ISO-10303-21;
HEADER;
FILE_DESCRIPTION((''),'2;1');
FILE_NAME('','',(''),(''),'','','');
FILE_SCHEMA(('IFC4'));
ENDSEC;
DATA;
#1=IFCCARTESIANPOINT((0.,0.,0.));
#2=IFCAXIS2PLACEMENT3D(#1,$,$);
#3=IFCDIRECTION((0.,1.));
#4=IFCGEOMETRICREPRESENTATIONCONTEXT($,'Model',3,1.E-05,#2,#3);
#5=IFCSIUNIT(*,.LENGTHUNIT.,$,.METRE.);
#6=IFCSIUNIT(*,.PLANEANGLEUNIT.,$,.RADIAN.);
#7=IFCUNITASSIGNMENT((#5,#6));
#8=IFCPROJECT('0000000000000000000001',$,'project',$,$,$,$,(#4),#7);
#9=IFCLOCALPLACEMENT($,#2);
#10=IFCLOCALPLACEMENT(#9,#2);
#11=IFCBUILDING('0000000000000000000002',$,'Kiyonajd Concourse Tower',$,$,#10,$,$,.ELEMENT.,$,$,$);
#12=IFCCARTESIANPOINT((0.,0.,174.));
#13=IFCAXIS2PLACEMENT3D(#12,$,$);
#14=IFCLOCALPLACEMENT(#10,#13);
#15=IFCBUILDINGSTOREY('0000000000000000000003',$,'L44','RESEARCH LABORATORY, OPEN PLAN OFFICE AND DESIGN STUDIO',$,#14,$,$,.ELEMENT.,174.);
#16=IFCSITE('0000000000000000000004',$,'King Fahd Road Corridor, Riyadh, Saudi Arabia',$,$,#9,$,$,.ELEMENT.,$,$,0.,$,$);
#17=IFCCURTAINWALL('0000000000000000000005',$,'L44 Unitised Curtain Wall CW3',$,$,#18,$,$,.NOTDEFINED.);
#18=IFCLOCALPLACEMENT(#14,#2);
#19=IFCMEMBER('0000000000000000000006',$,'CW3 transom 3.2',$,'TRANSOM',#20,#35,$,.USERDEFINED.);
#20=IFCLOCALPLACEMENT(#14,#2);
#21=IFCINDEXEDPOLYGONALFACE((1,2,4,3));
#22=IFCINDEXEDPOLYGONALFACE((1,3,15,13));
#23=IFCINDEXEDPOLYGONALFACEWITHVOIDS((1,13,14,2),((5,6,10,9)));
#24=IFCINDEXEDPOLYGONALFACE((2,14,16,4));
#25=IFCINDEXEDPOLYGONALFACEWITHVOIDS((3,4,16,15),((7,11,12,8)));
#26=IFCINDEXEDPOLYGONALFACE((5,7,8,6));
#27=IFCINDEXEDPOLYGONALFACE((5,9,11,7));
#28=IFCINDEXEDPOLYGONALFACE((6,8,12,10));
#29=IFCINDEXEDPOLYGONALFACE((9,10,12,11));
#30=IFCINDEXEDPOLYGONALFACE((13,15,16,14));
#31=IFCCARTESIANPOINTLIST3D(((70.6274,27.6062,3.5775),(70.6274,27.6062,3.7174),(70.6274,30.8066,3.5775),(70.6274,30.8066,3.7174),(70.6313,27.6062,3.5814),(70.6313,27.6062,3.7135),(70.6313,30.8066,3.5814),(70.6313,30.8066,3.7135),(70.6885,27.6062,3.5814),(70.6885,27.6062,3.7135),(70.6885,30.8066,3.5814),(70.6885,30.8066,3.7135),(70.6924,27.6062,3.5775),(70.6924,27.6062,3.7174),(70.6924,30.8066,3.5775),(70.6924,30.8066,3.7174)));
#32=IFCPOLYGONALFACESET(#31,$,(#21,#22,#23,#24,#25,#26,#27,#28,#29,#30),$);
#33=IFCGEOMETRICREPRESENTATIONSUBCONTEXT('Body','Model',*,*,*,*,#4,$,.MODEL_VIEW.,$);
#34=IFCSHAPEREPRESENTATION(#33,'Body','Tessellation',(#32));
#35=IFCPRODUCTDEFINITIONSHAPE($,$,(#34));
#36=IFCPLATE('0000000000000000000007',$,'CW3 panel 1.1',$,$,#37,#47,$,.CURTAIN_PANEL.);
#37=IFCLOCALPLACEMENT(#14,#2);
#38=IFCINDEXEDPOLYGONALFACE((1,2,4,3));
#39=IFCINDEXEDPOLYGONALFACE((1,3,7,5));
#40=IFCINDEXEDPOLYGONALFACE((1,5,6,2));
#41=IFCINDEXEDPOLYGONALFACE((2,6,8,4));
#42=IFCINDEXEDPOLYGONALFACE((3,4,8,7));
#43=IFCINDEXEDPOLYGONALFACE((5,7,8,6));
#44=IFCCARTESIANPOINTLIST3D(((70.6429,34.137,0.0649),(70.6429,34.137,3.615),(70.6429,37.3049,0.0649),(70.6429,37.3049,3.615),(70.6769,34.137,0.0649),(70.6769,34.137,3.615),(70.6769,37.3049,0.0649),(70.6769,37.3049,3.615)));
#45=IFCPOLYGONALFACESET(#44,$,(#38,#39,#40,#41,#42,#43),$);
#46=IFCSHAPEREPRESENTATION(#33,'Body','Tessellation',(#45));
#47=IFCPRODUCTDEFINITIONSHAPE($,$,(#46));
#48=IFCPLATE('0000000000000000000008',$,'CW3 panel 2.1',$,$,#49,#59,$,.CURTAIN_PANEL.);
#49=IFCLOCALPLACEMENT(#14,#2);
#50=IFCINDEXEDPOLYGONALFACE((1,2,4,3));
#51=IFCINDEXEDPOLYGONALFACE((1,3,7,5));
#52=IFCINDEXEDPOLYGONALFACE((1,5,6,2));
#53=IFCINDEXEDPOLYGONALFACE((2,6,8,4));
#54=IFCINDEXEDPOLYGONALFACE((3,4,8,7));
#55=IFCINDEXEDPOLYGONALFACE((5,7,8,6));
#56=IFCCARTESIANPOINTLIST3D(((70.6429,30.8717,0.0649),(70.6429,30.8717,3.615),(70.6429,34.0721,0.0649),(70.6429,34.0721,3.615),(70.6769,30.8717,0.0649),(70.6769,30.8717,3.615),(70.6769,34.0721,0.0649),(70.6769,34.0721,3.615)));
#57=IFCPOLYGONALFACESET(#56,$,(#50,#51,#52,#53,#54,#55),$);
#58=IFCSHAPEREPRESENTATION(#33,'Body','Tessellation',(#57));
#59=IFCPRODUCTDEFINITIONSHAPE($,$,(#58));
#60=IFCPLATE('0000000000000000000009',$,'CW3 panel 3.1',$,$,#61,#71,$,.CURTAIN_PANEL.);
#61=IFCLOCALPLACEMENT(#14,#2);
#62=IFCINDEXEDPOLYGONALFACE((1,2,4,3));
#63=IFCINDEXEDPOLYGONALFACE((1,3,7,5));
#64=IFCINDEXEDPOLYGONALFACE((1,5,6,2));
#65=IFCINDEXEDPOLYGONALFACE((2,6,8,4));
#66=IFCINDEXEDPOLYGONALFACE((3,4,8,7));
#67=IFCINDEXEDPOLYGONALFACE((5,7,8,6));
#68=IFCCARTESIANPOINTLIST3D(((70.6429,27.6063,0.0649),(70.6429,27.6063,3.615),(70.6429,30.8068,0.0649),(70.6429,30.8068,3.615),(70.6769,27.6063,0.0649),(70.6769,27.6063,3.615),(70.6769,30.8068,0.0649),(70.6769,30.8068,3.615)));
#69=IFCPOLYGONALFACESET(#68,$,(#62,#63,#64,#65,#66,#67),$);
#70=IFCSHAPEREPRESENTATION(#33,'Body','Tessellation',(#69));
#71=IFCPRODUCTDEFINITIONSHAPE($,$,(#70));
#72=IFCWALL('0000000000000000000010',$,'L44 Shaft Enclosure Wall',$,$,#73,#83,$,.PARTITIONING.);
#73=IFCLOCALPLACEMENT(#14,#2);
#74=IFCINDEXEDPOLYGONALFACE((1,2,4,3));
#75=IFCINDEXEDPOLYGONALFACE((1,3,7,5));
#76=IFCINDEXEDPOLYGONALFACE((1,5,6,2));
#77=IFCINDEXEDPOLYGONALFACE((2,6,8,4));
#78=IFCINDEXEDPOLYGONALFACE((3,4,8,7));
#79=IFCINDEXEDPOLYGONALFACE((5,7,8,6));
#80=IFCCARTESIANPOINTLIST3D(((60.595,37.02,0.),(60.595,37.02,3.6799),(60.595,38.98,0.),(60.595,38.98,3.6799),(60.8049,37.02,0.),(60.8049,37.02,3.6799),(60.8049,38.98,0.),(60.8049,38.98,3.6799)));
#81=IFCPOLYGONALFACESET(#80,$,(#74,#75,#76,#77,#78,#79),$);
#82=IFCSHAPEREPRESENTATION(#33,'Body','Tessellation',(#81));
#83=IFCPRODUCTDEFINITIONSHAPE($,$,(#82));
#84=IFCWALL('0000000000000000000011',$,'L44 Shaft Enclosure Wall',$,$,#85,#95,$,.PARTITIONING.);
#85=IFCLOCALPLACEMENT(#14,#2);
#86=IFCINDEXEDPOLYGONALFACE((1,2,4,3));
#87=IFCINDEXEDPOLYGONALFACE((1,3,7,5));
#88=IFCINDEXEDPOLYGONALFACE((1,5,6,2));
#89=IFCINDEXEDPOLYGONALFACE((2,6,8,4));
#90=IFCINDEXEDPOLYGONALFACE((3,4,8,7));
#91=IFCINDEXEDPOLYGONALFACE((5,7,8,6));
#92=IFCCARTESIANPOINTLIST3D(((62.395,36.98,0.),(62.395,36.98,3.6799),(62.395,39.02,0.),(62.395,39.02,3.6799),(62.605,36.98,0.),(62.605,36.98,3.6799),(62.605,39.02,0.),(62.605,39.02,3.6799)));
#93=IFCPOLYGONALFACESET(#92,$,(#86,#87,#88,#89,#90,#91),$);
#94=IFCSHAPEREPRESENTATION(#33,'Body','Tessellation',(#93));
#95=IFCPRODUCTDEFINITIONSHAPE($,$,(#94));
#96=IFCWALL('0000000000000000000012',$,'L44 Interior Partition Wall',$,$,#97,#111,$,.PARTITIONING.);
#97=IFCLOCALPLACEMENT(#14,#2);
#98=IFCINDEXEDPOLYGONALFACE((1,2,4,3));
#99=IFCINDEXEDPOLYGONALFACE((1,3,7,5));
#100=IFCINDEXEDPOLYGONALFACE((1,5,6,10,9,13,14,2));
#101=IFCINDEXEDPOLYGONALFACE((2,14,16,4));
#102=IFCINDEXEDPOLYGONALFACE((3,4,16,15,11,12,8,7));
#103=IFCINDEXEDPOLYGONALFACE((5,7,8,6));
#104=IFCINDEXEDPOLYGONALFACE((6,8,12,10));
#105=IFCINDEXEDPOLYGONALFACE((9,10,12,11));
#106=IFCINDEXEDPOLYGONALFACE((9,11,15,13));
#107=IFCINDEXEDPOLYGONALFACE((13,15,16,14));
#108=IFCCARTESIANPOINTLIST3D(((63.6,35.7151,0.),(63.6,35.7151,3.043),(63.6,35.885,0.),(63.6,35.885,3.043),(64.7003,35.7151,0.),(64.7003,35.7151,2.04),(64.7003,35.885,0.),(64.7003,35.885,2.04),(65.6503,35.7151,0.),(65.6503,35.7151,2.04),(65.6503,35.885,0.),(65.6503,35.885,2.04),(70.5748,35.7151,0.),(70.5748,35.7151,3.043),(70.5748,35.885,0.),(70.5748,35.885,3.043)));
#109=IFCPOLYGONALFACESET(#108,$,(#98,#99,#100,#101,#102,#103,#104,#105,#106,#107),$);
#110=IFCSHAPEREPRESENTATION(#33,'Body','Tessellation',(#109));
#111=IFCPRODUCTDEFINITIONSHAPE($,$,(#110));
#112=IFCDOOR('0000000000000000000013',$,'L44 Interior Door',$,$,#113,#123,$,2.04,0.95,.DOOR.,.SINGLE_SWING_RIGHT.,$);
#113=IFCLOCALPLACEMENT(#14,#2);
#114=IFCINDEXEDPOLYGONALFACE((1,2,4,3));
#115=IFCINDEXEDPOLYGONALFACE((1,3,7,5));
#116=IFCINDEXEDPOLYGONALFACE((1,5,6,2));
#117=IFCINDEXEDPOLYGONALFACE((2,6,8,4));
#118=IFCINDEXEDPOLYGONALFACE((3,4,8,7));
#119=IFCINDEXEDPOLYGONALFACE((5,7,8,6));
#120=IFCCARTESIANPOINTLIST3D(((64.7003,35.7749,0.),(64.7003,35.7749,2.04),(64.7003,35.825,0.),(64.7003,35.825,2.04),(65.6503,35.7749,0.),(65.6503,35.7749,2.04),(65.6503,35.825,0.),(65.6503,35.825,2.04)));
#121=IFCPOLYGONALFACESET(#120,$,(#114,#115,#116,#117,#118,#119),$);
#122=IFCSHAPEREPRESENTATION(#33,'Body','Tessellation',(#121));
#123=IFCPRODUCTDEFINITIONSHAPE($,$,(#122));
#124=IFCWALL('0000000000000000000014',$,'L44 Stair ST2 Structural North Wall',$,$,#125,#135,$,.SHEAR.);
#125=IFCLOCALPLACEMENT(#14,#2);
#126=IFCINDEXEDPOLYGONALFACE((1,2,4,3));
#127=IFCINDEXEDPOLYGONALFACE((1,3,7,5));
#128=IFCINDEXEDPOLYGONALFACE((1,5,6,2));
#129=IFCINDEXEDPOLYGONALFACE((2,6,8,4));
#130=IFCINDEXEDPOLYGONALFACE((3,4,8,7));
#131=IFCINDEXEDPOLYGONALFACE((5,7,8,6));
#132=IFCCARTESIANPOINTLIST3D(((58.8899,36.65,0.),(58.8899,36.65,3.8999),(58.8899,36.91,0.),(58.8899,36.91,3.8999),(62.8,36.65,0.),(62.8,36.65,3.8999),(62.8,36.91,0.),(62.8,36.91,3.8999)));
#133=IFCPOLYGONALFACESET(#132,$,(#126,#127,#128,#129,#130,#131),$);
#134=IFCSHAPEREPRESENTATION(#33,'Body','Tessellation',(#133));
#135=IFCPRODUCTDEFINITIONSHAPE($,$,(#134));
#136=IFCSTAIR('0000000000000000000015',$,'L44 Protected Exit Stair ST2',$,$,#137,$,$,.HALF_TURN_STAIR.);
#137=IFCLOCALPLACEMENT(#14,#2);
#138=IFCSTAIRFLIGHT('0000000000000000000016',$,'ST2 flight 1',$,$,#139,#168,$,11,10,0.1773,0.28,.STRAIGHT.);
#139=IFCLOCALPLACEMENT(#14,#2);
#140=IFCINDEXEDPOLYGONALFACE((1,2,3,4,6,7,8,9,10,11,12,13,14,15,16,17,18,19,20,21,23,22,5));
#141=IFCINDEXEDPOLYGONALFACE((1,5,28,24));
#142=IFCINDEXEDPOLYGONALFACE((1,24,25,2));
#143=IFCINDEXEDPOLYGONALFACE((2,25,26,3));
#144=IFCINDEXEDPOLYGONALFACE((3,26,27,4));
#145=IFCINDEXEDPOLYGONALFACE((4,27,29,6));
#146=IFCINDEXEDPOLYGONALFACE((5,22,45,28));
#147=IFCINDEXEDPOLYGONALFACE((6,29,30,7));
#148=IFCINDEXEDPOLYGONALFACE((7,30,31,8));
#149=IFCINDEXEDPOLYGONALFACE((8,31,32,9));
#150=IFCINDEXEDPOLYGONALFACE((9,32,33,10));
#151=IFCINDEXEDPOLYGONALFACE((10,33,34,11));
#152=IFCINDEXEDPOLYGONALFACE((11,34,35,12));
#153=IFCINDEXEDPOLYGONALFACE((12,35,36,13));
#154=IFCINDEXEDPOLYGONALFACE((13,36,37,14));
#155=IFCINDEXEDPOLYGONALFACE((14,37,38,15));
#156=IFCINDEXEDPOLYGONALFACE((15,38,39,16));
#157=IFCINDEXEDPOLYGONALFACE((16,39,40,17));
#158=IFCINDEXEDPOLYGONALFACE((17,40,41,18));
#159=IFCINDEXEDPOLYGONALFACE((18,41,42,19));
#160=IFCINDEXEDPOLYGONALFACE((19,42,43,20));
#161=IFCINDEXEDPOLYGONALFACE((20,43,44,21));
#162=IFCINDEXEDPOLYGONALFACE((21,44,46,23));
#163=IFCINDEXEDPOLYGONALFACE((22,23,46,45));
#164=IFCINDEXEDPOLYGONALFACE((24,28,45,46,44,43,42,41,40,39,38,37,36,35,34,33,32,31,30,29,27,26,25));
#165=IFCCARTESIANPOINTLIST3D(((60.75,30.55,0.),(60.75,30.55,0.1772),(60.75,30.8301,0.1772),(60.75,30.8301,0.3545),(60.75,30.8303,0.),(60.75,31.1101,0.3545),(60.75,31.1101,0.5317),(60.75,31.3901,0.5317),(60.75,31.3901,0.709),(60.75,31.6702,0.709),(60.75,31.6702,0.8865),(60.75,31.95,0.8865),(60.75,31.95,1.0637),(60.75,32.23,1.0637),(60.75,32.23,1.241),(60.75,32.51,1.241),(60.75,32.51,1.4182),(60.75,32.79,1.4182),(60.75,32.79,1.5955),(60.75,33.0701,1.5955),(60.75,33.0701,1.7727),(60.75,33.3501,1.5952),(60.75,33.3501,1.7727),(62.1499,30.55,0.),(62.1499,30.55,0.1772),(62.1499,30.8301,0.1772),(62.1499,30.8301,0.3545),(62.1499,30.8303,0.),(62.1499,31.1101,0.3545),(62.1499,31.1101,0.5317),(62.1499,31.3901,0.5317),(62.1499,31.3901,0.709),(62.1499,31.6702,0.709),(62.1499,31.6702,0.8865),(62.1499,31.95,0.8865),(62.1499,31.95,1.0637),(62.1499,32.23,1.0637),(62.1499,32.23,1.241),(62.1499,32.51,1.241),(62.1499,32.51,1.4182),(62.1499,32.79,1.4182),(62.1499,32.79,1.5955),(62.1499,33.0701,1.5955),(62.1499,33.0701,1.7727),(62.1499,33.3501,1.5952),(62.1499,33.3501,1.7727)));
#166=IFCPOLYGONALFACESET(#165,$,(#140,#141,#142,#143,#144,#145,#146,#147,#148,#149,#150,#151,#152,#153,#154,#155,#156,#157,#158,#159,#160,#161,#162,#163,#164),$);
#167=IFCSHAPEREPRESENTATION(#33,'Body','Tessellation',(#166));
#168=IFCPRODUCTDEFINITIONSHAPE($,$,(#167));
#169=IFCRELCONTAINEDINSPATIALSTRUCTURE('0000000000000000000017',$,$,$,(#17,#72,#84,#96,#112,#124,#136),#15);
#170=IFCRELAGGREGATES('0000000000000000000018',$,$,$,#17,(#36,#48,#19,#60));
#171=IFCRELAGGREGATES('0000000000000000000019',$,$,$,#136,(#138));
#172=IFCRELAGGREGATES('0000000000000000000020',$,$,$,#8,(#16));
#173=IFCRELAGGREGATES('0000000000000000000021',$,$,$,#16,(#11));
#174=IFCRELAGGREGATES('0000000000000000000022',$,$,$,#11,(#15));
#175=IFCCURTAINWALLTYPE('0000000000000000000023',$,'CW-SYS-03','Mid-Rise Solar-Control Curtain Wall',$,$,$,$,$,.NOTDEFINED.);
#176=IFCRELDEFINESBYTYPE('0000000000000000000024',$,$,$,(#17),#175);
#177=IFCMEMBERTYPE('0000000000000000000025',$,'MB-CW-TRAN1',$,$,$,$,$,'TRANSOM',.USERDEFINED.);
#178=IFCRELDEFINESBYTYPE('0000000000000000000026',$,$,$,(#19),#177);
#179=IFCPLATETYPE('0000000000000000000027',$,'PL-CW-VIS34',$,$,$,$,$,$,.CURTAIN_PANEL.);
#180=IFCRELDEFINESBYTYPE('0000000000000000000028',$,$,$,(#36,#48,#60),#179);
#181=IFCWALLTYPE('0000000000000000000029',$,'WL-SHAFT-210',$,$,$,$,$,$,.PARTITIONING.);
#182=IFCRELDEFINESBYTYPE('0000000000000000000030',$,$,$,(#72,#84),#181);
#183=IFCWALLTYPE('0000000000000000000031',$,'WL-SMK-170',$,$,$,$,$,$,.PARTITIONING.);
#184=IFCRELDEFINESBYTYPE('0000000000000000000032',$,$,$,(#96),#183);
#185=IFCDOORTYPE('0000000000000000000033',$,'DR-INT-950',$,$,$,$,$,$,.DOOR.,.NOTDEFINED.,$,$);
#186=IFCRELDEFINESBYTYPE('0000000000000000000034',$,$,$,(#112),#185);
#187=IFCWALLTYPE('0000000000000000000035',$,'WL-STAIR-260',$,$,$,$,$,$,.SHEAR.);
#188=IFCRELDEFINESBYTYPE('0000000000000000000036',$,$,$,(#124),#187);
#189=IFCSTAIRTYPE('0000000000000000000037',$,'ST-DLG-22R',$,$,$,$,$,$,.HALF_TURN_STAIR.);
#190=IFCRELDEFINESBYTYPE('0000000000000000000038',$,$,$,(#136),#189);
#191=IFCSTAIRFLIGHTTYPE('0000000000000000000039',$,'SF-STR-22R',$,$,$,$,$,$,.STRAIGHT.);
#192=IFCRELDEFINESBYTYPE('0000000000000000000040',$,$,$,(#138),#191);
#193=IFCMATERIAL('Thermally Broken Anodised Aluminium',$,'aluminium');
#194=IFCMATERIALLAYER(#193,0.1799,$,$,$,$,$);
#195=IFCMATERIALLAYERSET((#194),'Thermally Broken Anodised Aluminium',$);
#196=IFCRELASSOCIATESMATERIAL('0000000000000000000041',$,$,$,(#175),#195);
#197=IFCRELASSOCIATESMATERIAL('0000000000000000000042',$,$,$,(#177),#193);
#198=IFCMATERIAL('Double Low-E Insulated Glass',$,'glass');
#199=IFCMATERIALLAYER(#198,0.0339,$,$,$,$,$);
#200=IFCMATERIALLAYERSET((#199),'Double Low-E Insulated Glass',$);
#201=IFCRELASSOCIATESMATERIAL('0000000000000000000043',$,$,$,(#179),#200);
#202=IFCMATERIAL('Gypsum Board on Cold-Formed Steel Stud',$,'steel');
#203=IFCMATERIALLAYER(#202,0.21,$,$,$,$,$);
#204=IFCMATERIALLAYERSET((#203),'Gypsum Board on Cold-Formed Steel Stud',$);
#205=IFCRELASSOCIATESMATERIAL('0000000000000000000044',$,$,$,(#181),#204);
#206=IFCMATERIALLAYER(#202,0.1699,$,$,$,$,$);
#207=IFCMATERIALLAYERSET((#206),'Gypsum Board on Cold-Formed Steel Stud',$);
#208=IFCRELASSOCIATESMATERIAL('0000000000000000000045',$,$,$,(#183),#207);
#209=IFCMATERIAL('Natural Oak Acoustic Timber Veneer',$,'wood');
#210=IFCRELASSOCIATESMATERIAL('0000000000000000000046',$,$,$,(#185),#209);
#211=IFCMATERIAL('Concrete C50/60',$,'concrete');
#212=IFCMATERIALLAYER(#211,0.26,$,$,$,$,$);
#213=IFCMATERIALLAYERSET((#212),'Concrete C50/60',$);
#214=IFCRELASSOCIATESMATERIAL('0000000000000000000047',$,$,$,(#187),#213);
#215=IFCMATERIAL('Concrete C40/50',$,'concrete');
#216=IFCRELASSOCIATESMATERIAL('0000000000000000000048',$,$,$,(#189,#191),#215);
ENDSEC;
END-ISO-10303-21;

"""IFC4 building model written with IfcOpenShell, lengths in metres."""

from ifc_helpers import new_model, si_unit, direction, frame, frame_2d, origin, origin_2d, place, context, subcontext, project, spatial, polyline, rectangle, hollow_rectangle, outline, extrude, material, layer, layer_set, material_profile, profile_set, type_object, element, fill, aggregate, save


model = new_model("IFC4")

# Units and contexts
model_context = context("Model", 3, precision=1e-05, world=origin(), true_north=direction((0.0, 1.0)))
body_context = subcontext(model_context, "Body", "Model", "MODEL_VIEW")
ifc_project = project(units=[si_unit("LENGTHUNIT", "METRE"), si_unit("PLANEANGLEUNIT", "RADIAN")], contexts=[model_context])

# Site, building, storey
site_placement = place(None, origin())
site = spatial("IfcSite", under=ifc_project, at=site_placement, Name="King Fahd Road Corridor, Riyadh, Saudi Arabia", CompositionType="ELEMENT", RefElevation=0.0)
building_placement = place(site_placement, origin())
building = spatial("IfcBuilding", under=site, at=building_placement, Name="Kiyonajd Concourse Tower", CompositionType="ELEMENT")
storey_placement = place(building_placement, frame((0.0, 0.0, 174.0)))
storey = spatial("IfcBuildingStorey", under=building, at=storey_placement, Name="L44", Description="RESEARCH LABORATORY, OPEN PLAN OFFICE AND DESIGN STUDIO", CompositionType="ELEMENT", Elevation=174.0)

# Curtain wall, member, plates
ifc_material_1 = material(Name="Thermally Broken Anodised Aluminium", Category="aluminium")
ifc_layer_1 = layer(ifc_material_1, 0.1799)
ifc_layer_set_1 = layer_set([ifc_layer_1], Name="Thermally Broken Anodised Aluminium")
curtain_wall_type = type_object("IfcCurtainWallType", Name="CW-SYS-03", Description="Mid-Rise Solar-Control Curtain Wall", PredefinedType="NOTDEFINED", material=ifc_layer_set_1)
curtain_wall_placement = place(storey_placement, origin())
curtain_wall = element("IfcCurtainWall", 1, at=curtain_wall_placement, inside=storey, type_object=curtain_wall_type, Name="L44 Unitised Curtain Wall CW3", PredefinedType="NOTDEFINED")
ifc_material_profile_1 = material_profile(ifc_material_1, hollow_rectangle(XDim=0.0649, YDim=0.1399, WallThickness=0.0039, at=origin_2d()), Name="TRAN-65x140")
ifc_profile_set_1 = profile_set([ifc_material_profile_1], Name="Thermally Broken Anodised Aluminium")
member_type_1 = type_object("IfcMemberType", Name="MB-CW-TRAN1", ElementType="TRANSOM", PredefinedType="USERDEFINED", material=ifc_profile_set_1)
member_1_placement = place(storey_placement, frame((70.6599, 30.8066, 3.6475), z_axis=(0.0, -1.0, 0.0), x_axis=(1.0, 0.0, 0.0)))
member_1 = element("IfcMember", 2, at=member_1_placement, type_object=member_type_1, Name="CW3 transom 3.2", ObjectType="TRANSOM", PredefinedType="USERDEFINED", context=body_context, shape_type="SweptSolid", body=[
    extrude(hollow_rectangle(XDim=0.0649, YDim=0.1399, WallThickness=0.0039, at=origin_2d()), origin(), (0.0, 0.0, 1.0), 3.2004),
])
ifc_material_2 = material(Name="Double Low-E Insulated Glass", Category="glass")
ifc_layer_2 = layer(ifc_material_2, 0.0339)
ifc_layer_set_2 = layer_set([ifc_layer_2], Name="Double Low-E Insulated Glass")
plate_type = type_object("IfcPlateType", Name="PL-CW-VIS34", PredefinedType="CURTAIN_PANEL", material=ifc_layer_set_2)
plate_1_placement = place(storey_placement, frame((70.6599, 35.7209, 0.0649), z_axis=(0.0, 0.0, 1.0), x_axis=(0.0, -1.0, 0.0)))
plate_1 = element("IfcPlate", 3, at=plate_1_placement, type_object=plate_type, Name="CW3 panel 1.1", PredefinedType="CURTAIN_PANEL", context=body_context, shape_type="SweptSolid", body=[
    extrude(rectangle(XDim=3.168, YDim=0.0339, at=origin_2d()), origin(), (0.0, 0.0, 1.0), 3.55),
])
plate_2_placement = place(storey_placement, frame((70.6599, 32.4719, 0.0649), z_axis=(0.0, 0.0, 1.0), x_axis=(0.0, -1.0, 0.0)))
plate_2 = element("IfcPlate", 4, at=plate_2_placement, type_object=plate_type, Name="CW3 panel 2.1", PredefinedType="CURTAIN_PANEL", context=body_context, shape_type="SweptSolid", body=[
    extrude(rectangle(XDim=3.2004, YDim=0.0339, at=origin_2d()), origin(), (0.0, 0.0, 1.0), 3.55),
])
plate_3_placement = place(storey_placement, frame((70.6599, 29.2065, 0.0649), z_axis=(0.0, 0.0, 1.0), x_axis=(0.0, -1.0, 0.0)))
plate_3 = element("IfcPlate", 5, at=plate_3_placement, type_object=plate_type, Name="CW3 panel 3.1", PredefinedType="CURTAIN_PANEL", context=body_context, shape_type="SweptSolid", body=[
    extrude(rectangle(XDim=3.2004, YDim=0.0339, at=origin_2d()), origin(), (0.0, 0.0, 1.0), 3.55),
])
aggregate(curtain_wall, [plate_1, plate_2, member_1, plate_3])

# Walls
ifc_material_3 = material(Name="Gypsum Board on Cold-Formed Steel Stud", Category="steel")
ifc_layer_3 = layer(ifc_material_3, 0.21)
ifc_layer_set_3 = layer_set([ifc_layer_3], Name="Gypsum Board on Cold-Formed Steel Stud")
wall_type_1 = type_object("IfcWallType", Name="WL-SHAFT-210", PredefinedType="PARTITIONING", material=ifc_layer_set_3)
wall_1_placement = place(storey_placement, frame((60.7, 37.02, 0.0), z_axis=(0.0, 0.0, 1.0), x_axis=(0.0, 1.0, 0.0)))
element("IfcWall", 6, at=wall_1_placement, inside=storey, type_object=wall_type_1, Name="L44 Shaft Enclosure Wall", PredefinedType="PARTITIONING", context=body_context, shape_type="SweptSolid", body=[
    extrude(rectangle(XDim=1.96, YDim=0.21, at=frame_2d((0.98, 0.0))), origin(), (0.0, 0.0, 1.0), 3.6799),
])
wall_2_placement = place(storey_placement, frame((62.5, 36.98, 0.0), z_axis=(0.0, 0.0, 1.0), x_axis=(0.0, 1.0, 0.0)))
element("IfcWall", 7, at=wall_2_placement, inside=storey, type_object=wall_type_1, Name="L44 Shaft Enclosure Wall", PredefinedType="PARTITIONING", context=body_context, shape_type="SweptSolid", body=[
    extrude(rectangle(XDim=2.04, YDim=0.21, at=frame_2d((1.02, 0.0))), origin(), (0.0, 0.0, 1.0), 3.6799),
])

# Wall, opening, door
ifc_layer_4 = layer(ifc_material_3, 0.1699)
ifc_layer_set_4 = layer_set([ifc_layer_4], Name="Gypsum Board on Cold-Formed Steel Stud")
wall_type_2 = type_object("IfcWallType", Name="WL-SMK-170", PredefinedType="PARTITIONING", material=ifc_layer_set_4)
wall_3_placement = place(storey_placement, frame((63.6001, 35.8, 0.0), z_axis=(0.0, 0.0, 1.0), x_axis=(1.0, 0.0, 0.0)))
wall_3 = element("IfcWall", 8, at=wall_3_placement, inside=storey, type_object=wall_type_2, Name="L44 Interior Partition Wall", PredefinedType="PARTITIONING", context=body_context, shape_type="SweptSolid", body=[
    extrude(rectangle(XDim=6.9749, YDim=0.1699, at=frame_2d((3.4873, 0.0))), origin(), (0.0, 0.0, 1.0), 3.043),
])
opening_placement = place(wall_3_placement, frame((1.1001, 0.0, 0.0)))
opening = element("IfcOpeningElement", 9, at=opening_placement, cuts=wall_3, PredefinedType="OPENING", context=body_context, shape_type="SweptSolid", body=[
    extrude(rectangle(XDim=0.95, YDim=2.04, at=frame_2d((0.4751, 1.02))), frame((0.0, 0.095, 0.0), z_axis=(0.0, -1.0, 0.0), x_axis=(1.0, 0.0, 0.0)), (0.0, 0.0, 1.0), 0.1899),
])
ifc_material_4 = material(Name="Natural Oak Acoustic Timber Veneer", Category="wood")
door_type = type_object("IfcDoorType", Name="DR-INT-950", OperationType="NOTDEFINED", PredefinedType="DOOR", material=ifc_material_4)
door_placement = place(opening_placement, origin())
door = element("IfcDoor", 10, at=door_placement, inside=storey, type_object=door_type, Name="L44 Interior Door", OperationType="SINGLE_SWING_RIGHT", OverallHeight=2.04, OverallWidth=0.95, PredefinedType="DOOR", context=body_context, shape_type="SweptSolid", body=[
    extrude(rectangle(XDim=0.95, YDim=2.04, at=frame_2d((0.4751, 1.02))), frame((0.0, 0.0249, 0.0), z_axis=(0.0, -1.0, 0.0), x_axis=(1.0, 0.0, 0.0)), (0.0, 0.0, 1.0), 0.05),
])
fill(opening, door)

# Wall
ifc_material_5 = material(Name="Concrete C50/60", Category="concrete")
ifc_layer_5 = layer(ifc_material_5, 0.26)
ifc_layer_set_5 = layer_set([ifc_layer_5], Name="Concrete C50/60")
wall_type_3 = type_object("IfcWallType", Name="WL-STAIR-260", PredefinedType="SHEAR", material=ifc_layer_set_5)
wall_4_placement = place(storey_placement, frame((58.8899, 36.78, 0.0), z_axis=(0.0, 0.0, 1.0), x_axis=(1.0, 0.0, 0.0)))
element("IfcWall", 11, at=wall_4_placement, inside=storey, type_object=wall_type_3, Name="L44 Stair ST2 Structural North Wall", PredefinedType="SHEAR", context=body_context, shape_type="SweptSolid", body=[
    extrude(rectangle(XDim=3.9102, YDim=0.26, at=frame_2d((1.9551, 0.0))), origin(), (0.0, 0.0, 1.0), 3.8999),
])

# Stair, stair flight
ifc_material_6 = material(Name="Concrete C40/50", Category="concrete")
stair_type = type_object("IfcStairType", Name="ST-DLG-22R", PredefinedType="HALF_TURN_STAIR", material=ifc_material_6)
stair_placement = place(storey_placement, origin())
stair = element("IfcStair", 12, at=stair_placement, inside=storey, type_object=stair_type, Name="L44 Protected Exit Stair ST2", PredefinedType="HALF_TURN_STAIR")
stair_flight_type = type_object("IfcStairFlightType", Name="SF-STR-22R", PredefinedType="STRAIGHT", material=ifc_material_6)
stair_flight_1_placement = place(storey_placement, frame((61.45, 30.55, 0.0), z_axis=(0.0, 0.0, 1.0), x_axis=(0.0, 1.0, 0.0)))
stair_flight_1 = element("IfcStairFlight", 13, at=stair_flight_1_placement, type_object=stair_flight_type, Name="ST2 flight 1", NumberOfRisers=11, NumberOfTreads=10, PredefinedType="STRAIGHT", RiserHeight=0.1773, TreadLength=0.28, context=body_context, shape_type="SweptSolid", body=[
    extrude(outline(polyline([(0.0, 0.0), (0.0, 0.1772), (0.28, 0.1772), (0.28, 0.3545), (0.5601, 0.3545), (0.5601, 0.5317), (0.8401, 0.5317), (0.8401, 0.709), (1.1201, 0.709), (1.1201, 0.8865), (1.3999, 0.8865), (1.3999, 1.0637), (1.6799, 1.0637), (1.6799, 1.241), (1.96, 1.241), (1.96, 1.4182), (2.24, 1.4182), (2.24, 1.5955), (2.52, 1.5955), (2.52, 1.7727), (2.8, 1.7727), (2.8, 1.95), (2.8, 1.5952), (0.2803, 0.0), (0.0, 0.0)])), frame((0.0, 0.7, 0.0), z_axis=(0.0, -1.0, 0.0), x_axis=(1.0, 0.0, 0.0)), (0.0, 0.0, 1.0), 1.3999),
])
aggregate(stair, [stair_flight_1])

save(model, "model.ifc")
